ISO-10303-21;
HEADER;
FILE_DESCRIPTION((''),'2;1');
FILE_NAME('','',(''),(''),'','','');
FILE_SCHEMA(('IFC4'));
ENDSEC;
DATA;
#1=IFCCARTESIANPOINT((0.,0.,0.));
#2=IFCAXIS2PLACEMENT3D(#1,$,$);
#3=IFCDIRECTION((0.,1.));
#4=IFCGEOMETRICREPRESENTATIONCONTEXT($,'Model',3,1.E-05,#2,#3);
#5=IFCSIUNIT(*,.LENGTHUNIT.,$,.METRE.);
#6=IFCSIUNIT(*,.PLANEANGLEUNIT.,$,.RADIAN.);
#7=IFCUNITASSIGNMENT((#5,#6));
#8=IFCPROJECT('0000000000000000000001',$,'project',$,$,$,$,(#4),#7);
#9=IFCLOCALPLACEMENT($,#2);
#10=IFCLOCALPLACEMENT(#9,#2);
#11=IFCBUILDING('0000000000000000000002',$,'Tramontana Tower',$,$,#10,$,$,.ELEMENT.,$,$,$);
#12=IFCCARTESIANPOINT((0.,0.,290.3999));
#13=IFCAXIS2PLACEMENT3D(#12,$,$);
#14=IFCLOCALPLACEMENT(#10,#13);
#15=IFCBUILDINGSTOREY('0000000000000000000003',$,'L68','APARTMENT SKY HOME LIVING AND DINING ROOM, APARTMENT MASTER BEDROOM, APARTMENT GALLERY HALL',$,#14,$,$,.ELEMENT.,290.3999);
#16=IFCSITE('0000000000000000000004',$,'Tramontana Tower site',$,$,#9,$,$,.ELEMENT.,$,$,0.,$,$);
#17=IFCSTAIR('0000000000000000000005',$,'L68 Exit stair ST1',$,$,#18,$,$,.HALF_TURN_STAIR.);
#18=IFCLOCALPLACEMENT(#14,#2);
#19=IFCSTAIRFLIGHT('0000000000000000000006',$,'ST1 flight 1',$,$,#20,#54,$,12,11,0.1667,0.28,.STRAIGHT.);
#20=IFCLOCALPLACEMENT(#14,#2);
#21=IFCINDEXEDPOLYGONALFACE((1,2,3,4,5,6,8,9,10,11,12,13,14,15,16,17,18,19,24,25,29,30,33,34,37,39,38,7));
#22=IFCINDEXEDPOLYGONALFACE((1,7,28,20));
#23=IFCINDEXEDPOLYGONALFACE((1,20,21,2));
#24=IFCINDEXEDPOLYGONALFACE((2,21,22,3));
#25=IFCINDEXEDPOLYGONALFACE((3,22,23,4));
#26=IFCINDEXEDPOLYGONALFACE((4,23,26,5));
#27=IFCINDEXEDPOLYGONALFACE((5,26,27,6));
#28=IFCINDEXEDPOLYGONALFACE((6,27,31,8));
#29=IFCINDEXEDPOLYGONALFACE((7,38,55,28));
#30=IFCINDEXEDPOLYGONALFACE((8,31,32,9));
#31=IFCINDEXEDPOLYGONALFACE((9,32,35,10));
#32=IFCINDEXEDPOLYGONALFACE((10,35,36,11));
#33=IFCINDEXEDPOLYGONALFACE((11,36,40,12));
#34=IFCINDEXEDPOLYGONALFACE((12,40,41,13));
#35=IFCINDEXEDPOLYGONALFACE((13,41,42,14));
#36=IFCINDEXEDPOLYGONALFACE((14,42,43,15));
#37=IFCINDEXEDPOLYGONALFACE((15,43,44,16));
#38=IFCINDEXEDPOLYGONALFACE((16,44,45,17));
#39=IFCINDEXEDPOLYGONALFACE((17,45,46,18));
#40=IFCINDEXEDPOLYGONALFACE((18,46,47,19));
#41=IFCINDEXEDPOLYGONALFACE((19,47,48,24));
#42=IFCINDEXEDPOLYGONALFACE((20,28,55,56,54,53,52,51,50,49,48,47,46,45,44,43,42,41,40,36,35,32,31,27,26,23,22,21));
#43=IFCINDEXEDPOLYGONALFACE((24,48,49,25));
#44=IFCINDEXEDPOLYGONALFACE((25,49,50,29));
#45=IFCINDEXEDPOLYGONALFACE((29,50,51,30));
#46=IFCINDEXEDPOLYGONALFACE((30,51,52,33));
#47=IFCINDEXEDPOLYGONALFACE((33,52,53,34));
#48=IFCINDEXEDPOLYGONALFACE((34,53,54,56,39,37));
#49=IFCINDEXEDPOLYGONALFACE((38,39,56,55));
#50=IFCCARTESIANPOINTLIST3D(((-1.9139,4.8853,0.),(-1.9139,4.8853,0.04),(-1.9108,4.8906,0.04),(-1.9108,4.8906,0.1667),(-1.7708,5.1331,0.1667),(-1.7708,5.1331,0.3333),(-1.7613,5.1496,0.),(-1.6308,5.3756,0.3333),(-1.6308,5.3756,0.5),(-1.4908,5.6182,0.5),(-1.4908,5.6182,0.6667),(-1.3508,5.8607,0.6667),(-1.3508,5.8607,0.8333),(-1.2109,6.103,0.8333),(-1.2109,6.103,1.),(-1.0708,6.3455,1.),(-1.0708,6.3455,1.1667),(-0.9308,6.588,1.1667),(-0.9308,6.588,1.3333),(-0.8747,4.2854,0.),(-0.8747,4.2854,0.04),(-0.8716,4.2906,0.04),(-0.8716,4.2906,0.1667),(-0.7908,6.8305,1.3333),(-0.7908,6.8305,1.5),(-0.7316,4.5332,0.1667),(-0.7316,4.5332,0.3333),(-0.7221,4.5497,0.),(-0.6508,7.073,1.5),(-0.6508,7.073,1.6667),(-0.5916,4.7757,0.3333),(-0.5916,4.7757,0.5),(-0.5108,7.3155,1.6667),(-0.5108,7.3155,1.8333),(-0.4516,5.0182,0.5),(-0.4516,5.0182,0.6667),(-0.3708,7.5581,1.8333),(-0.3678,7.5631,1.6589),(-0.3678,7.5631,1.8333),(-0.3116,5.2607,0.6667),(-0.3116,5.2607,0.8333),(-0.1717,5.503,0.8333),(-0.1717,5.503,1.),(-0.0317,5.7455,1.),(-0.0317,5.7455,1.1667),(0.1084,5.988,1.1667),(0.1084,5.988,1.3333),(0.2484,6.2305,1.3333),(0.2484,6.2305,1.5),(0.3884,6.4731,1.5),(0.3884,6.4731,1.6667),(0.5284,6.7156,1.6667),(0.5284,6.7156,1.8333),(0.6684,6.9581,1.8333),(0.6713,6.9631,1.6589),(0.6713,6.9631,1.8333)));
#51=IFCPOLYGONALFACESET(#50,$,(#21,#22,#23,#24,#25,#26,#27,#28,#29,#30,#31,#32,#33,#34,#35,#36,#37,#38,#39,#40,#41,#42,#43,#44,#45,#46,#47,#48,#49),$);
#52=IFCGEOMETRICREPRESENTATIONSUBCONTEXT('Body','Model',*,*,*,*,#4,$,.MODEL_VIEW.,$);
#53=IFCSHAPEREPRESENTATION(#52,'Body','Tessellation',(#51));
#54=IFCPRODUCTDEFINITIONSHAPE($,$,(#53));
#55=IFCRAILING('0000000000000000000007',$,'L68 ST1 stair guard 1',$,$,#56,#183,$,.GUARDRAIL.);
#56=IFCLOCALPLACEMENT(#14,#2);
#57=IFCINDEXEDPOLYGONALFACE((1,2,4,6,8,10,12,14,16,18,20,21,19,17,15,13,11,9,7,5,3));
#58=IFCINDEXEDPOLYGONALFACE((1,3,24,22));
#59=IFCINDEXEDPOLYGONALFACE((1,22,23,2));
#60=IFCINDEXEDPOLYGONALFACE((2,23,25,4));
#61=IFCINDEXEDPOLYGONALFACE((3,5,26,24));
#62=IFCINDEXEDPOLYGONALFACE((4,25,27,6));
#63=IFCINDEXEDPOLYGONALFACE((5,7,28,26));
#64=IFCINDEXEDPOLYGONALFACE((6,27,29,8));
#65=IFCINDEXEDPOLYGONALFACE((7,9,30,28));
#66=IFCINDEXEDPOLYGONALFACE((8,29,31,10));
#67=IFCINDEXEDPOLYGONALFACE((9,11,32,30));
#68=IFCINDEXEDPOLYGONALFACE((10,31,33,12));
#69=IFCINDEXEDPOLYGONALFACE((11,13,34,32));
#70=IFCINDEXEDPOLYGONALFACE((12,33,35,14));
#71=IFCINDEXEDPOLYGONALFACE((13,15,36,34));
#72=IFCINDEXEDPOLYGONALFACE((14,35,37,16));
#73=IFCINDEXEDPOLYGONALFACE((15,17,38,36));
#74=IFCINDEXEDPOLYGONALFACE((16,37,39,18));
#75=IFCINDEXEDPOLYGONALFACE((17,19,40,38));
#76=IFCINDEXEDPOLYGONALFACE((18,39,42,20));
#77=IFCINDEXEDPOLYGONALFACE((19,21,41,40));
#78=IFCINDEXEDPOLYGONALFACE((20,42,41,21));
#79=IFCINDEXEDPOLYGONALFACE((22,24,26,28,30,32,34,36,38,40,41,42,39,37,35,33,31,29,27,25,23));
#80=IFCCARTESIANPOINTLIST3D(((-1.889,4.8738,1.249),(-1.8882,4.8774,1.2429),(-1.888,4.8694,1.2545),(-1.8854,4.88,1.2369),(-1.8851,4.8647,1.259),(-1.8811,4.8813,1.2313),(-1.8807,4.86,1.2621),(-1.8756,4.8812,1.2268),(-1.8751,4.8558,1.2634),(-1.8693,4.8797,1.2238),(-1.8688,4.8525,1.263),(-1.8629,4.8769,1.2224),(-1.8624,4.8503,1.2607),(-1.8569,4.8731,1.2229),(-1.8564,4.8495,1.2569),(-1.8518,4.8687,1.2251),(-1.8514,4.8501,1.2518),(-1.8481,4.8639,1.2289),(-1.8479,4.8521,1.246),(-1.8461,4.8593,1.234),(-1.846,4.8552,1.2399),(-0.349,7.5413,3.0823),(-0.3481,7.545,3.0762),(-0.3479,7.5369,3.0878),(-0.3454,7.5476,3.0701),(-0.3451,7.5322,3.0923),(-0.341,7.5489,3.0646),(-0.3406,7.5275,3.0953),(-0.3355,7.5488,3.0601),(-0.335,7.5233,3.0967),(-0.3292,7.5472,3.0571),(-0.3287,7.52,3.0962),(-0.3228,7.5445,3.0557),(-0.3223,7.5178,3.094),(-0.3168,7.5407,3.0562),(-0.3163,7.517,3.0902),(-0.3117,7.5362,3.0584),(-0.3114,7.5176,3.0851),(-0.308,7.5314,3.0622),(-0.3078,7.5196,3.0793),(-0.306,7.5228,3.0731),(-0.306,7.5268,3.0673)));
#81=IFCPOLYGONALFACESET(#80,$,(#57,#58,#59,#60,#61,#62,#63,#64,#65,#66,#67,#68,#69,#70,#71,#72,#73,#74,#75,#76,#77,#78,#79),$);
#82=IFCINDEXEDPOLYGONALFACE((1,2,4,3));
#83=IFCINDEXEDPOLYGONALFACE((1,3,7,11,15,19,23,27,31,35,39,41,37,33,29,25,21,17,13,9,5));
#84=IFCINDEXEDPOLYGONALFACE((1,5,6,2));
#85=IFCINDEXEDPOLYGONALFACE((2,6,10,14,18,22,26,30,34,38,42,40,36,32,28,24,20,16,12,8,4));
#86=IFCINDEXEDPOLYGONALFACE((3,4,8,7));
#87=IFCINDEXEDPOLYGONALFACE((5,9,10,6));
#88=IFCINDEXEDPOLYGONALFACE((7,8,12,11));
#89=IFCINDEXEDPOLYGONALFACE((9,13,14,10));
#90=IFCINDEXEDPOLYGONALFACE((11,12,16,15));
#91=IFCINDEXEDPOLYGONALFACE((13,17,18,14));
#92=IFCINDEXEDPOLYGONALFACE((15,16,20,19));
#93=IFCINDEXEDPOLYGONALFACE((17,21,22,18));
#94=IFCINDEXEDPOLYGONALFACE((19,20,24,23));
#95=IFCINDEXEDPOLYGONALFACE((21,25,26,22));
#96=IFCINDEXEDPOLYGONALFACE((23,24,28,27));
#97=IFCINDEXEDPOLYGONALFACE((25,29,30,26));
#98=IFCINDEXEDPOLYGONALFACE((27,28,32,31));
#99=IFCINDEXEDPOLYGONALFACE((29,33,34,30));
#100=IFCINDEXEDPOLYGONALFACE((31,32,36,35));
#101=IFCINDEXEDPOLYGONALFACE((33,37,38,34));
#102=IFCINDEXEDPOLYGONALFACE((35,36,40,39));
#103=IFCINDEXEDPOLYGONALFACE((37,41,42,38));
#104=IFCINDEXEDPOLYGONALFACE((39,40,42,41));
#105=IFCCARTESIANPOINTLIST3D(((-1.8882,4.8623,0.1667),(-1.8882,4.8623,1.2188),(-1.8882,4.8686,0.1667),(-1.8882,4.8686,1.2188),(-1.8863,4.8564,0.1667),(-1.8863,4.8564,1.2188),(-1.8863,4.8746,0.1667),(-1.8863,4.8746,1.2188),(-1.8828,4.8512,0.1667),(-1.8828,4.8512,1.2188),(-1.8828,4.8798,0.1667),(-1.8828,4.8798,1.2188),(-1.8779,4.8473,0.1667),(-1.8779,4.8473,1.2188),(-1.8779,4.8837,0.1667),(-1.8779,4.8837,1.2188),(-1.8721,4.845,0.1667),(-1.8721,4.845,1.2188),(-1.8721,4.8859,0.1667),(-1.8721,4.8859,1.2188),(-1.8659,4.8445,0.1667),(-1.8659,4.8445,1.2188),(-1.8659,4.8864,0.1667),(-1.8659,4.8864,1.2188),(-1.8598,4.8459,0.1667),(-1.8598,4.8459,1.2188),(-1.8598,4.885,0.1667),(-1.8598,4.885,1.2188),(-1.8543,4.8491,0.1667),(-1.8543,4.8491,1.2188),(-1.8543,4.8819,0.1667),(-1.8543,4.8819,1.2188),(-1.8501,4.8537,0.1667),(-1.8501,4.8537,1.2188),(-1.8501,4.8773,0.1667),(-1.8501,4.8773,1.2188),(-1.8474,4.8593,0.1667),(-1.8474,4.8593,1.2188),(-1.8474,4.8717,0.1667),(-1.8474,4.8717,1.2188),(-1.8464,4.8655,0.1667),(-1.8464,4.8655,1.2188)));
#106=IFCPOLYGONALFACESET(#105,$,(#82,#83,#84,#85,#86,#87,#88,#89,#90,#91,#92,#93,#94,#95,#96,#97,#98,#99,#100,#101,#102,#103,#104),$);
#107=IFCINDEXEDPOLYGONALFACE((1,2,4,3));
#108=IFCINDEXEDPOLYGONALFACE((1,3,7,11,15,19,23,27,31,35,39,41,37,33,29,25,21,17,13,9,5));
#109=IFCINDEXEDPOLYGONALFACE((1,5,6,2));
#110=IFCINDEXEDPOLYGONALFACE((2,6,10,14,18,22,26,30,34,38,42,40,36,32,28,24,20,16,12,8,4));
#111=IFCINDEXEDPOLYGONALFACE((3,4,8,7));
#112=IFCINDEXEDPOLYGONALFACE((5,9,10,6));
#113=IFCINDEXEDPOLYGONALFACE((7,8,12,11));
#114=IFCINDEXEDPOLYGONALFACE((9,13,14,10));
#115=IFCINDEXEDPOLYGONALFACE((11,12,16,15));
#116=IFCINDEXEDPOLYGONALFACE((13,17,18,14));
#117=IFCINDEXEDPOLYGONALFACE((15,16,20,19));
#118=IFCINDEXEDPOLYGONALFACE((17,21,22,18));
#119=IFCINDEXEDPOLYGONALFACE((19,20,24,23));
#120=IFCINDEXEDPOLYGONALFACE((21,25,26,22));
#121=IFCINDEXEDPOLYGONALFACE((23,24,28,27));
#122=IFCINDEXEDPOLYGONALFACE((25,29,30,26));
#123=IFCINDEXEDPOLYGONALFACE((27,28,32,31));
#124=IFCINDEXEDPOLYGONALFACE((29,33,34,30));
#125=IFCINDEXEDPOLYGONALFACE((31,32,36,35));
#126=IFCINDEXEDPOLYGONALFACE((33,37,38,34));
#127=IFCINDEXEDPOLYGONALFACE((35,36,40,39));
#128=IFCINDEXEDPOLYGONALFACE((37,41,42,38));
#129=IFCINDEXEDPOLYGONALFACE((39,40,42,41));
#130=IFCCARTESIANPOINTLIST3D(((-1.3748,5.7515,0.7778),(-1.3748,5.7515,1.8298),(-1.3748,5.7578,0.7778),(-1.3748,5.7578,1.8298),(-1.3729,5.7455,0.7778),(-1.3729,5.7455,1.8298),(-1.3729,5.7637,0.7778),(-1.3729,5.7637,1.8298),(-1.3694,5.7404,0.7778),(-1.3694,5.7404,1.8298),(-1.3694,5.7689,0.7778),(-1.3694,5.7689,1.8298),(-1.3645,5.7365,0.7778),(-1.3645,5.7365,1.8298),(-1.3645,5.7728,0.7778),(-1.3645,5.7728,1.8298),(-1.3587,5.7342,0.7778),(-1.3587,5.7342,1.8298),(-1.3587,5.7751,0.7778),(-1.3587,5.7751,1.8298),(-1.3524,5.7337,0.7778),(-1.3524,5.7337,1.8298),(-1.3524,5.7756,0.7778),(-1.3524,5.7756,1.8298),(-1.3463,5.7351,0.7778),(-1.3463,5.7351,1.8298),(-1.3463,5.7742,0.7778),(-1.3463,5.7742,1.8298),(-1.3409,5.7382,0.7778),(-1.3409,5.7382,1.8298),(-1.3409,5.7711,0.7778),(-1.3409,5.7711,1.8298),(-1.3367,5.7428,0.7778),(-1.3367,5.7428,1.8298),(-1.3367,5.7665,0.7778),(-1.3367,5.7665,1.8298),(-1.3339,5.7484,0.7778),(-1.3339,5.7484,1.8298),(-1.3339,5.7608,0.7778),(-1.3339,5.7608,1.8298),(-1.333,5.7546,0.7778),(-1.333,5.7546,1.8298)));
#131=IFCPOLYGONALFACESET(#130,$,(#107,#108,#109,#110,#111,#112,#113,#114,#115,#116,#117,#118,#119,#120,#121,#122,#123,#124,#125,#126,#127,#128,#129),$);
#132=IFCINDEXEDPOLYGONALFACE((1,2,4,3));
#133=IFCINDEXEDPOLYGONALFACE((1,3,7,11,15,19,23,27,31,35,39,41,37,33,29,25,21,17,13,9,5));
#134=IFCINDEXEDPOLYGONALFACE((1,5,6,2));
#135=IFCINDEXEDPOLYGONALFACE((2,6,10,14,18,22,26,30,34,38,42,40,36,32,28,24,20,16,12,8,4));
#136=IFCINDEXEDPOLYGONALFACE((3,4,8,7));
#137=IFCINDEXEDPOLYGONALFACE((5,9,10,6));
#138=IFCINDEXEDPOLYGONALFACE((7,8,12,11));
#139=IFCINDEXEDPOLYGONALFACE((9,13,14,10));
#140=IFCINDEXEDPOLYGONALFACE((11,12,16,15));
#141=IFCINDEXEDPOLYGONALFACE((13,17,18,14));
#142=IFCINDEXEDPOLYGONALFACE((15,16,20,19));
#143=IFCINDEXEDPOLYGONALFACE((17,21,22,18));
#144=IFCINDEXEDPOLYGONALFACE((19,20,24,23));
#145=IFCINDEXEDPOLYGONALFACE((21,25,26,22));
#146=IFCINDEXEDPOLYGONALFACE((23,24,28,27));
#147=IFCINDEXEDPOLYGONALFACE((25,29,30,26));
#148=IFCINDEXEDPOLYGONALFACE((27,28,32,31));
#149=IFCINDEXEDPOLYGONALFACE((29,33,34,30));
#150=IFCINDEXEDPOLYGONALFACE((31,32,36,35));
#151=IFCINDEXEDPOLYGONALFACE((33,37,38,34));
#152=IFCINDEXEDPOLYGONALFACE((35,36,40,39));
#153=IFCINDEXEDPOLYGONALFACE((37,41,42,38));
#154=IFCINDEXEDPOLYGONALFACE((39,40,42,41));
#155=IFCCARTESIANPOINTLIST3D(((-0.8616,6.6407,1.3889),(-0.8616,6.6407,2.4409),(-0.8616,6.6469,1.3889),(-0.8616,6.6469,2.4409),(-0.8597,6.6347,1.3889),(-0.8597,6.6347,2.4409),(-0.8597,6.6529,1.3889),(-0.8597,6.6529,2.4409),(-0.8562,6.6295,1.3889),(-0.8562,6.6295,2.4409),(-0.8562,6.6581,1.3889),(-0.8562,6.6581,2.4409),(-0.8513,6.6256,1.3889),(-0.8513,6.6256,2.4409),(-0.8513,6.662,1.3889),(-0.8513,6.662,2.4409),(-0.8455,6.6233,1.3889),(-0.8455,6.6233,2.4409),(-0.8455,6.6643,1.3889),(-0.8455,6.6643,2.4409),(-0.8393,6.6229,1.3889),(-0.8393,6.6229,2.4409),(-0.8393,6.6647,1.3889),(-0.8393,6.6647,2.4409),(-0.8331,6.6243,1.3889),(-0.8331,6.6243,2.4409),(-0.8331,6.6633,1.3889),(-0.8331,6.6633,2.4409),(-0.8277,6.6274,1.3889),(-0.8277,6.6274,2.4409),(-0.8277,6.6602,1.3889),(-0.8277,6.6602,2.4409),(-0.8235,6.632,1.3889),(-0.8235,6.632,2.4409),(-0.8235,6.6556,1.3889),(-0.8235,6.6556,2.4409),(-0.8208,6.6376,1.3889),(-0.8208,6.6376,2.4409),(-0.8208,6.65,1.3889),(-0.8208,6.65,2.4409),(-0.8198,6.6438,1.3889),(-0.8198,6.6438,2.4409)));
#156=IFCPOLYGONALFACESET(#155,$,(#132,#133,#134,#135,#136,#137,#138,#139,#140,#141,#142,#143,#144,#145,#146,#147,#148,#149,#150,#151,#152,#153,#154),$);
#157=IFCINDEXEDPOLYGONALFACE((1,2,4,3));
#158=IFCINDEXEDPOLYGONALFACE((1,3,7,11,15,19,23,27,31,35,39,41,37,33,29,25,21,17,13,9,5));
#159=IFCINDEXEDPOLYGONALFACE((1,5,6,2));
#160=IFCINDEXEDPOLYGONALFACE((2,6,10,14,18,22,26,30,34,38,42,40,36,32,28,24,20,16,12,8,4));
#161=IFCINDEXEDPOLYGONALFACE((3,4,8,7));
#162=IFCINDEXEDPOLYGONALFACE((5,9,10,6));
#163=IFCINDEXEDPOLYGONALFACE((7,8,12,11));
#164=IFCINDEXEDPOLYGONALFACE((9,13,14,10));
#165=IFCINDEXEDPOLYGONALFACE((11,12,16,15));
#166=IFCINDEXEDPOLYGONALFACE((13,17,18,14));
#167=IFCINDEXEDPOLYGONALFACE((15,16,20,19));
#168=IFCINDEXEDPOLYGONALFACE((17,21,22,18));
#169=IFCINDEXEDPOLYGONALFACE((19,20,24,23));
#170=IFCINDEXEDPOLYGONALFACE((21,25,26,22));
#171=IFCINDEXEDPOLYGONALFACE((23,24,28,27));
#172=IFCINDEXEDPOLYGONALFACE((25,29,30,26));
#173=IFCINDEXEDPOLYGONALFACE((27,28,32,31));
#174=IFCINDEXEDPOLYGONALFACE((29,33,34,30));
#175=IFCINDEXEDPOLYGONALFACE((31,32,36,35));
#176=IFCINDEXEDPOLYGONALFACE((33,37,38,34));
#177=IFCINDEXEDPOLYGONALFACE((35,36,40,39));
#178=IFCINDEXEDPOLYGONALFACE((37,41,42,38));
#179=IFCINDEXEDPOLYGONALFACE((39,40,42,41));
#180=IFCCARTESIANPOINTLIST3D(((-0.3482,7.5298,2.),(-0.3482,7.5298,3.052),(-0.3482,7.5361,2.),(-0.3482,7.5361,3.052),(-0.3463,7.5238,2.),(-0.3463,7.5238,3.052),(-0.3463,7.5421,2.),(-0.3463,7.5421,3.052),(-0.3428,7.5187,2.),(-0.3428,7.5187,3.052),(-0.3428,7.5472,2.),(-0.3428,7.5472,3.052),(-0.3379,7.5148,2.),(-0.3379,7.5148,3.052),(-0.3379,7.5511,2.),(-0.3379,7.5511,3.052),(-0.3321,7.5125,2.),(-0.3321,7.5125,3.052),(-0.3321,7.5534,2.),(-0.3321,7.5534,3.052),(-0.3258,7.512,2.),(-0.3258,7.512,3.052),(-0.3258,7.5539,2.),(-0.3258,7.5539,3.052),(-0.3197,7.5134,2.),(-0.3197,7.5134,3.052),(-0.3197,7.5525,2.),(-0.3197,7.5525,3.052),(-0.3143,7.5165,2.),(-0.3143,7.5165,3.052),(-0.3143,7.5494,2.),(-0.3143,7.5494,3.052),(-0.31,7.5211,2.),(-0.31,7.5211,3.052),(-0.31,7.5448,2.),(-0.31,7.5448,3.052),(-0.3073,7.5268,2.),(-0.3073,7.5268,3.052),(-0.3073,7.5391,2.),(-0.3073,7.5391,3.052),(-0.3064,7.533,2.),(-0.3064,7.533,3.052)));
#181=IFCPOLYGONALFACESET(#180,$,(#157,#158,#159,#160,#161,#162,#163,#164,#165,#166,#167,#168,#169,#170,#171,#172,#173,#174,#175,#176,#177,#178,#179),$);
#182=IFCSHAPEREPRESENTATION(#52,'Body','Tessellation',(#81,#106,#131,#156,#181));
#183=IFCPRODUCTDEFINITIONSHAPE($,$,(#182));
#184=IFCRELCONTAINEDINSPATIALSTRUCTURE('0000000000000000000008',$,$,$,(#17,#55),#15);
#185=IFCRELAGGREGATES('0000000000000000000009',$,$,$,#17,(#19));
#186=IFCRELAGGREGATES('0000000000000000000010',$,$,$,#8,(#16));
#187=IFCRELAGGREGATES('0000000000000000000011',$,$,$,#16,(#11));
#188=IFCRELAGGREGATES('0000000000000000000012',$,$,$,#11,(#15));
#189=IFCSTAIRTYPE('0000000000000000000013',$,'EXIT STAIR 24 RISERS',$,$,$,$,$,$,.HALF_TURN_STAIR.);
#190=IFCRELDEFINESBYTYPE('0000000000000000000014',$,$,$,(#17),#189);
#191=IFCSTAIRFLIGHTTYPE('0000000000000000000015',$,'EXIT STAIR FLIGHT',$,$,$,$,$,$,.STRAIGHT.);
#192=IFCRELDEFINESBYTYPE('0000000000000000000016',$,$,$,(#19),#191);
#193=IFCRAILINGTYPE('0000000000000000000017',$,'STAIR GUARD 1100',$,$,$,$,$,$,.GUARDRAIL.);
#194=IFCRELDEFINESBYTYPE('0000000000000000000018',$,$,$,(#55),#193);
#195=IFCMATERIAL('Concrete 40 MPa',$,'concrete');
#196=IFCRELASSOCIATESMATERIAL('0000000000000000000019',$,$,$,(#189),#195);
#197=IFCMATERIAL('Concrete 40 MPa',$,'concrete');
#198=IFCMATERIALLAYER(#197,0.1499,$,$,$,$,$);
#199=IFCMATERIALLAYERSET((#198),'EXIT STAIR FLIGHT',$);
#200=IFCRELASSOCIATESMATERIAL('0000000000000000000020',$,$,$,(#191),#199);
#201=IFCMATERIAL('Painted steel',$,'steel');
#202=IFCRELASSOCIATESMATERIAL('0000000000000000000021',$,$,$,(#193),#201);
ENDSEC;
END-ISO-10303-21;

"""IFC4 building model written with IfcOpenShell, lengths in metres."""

from ifc_helpers import new_model, si_unit, direction, frame, origin, origin_2d, place, context, subcontext, project, spatial, polyline, circle, outline, extrude, material, layer, layer_set, type_object, element, aggregate, save


model = new_model("IFC4")

# Units and contexts
model_context = context("Model", 3, precision=1e-05, world=origin(), true_north=direction((0.0, 1.0)))
body_context = subcontext(model_context, "Body", "Model", "MODEL_VIEW")
ifc_project = project(units=[si_unit("LENGTHUNIT", "METRE"), si_unit("PLANEANGLEUNIT", "RADIAN")], contexts=[model_context])

# Site, building, storey
site_placement = place(None, origin())
site = spatial("IfcSite", under=ifc_project, at=site_placement, Name="Tramontana Tower site", CompositionType="ELEMENT", RefElevation=0.0)
building_placement = place(site_placement, origin())
building = spatial("IfcBuilding", under=site, at=building_placement, Name="Tramontana Tower", CompositionType="ELEMENT")
storey_placement = place(building_placement, frame((0.0, 0.0, 290.3999)))
storey = spatial("IfcBuildingStorey", under=building, at=storey_placement, Name="L68", Description="APARTMENT SKY HOME LIVING AND DINING ROOM, APARTMENT MASTER BEDROOM, APARTMENT GALLERY HALL", CompositionType="ELEMENT", Elevation=290.3999)

# Stair, stair flight
ifc_material_1 = material(Name="Concrete 40 MPa", Category="concrete")
stair_type = type_object("IfcStairType", Name="EXIT STAIR 24 RISERS", PredefinedType="HALF_TURN_STAIR", material=ifc_material_1)
stair_placement = place(storey_placement, origin())
stair = element("IfcStair", 1, at=stair_placement, inside=storey, type_object=stair_type, Name="L68 Exit stair ST1", PredefinedType="HALF_TURN_STAIR")
ifc_material_2 = material(Name="Concrete 40 MPa", Category="concrete")
ifc_layer_1 = layer(ifc_material_2, 0.1499)
ifc_layer_set_1 = layer_set([ifc_layer_1], Name="EXIT STAIR FLIGHT")
stair_flight_type = type_object("IfcStairFlightType", Name="EXIT STAIR FLIGHT", PredefinedType="STRAIGHT", material=ifc_layer_set_1)
stair_flight_placement = place(storey_placement, frame((-1.3911, 4.5906, 0.0), z_axis=(0.0, 0.0, 1.0), x_axis=(0.5, 0.866025, 0.0)))
stair_flight = element("IfcStairFlight", 2, at=stair_flight_placement, type_object=stair_flight_type, Name="ST1 flight 1", NumberOfRisers=12, NumberOfTreads=11, PredefinedType="STRAIGHT", RiserHeight=0.1667, TreadLength=0.28, context=body_context, shape_type="SweptSolid", body=[
    extrude(outline(polyline([(-0.0061, 0.0), (-0.0061, 0.04), (0.0, 0.04), (0.0, 0.1667), (0.28, 0.1667), (0.28, 0.3333), (0.5601, 0.3333), (0.5601, 0.5), (0.8401, 0.5), (0.8401, 0.6667), (1.1201, 0.6667), (1.1201, 0.8333), (1.3999, 0.8333), (1.3999, 1.0), (1.6799, 1.0), (1.6799, 1.1667), (1.96, 1.1667), (1.96, 1.3333), (2.24, 1.3333), (2.24, 1.5), (2.52, 1.5), (2.52, 1.6667), (2.8, 1.6667), (2.8, 1.8333), (3.0801, 1.8333), (3.0859, 1.8333), (3.0859, 1.6589), (0.2991, 0.0), (-0.0061, 0.0)])), frame((0.0, 0.6001, 0.0), z_axis=(0.0, -1.0, 0.0), x_axis=(1.0, 0.0, 0.0)), (0.0, 0.0, 1.0), 1.2),
])
aggregate(stair, [stair_flight])

# Railing
ifc_material_3 = material(Name="Painted steel", Category="steel")
railing_type_1 = type_object("IfcRailingType", Name="STAIR GUARD 1100", PredefinedType="GUARDRAIL", material=ifc_material_3)
railing_1_placement = place(storey_placement, frame((-1.8674, 4.8655, 0.1667)))
element("IfcRailing", 3, at=railing_1_placement, inside=storey, type_object=railing_type_1, Name="L68 ST1 stair guard 1", PredefinedType="GUARDRAIL", context=body_context, shape_type="SweptSolid", body=[
    extrude(circle(Radius=0.0239, at=origin_2d()), frame((0.0, 0.0, 1.0762), z_axis=(0.429649, 0.74419, 0.511452), x_axis=(-0.86603, 0.499992, 0.0)), (0.0, 0.0, 1.0), 3.5845),
    extrude(circle(Radius=0.021, at=origin_2d()), origin(), (0.0, 0.0, 1.0), 1.052),
    extrude(circle(Radius=0.021, at=origin_2d()), frame((0.5134, 0.8892, 0.6111)), (0.0, 0.0, 1.0), 1.052),
    extrude(circle(Radius=0.021, at=origin_2d()), frame((1.0266, 1.7783, 1.2222)), (0.0, 0.0, 1.0), 1.052),
    extrude(circle(Radius=0.021, at=origin_2d()), frame((1.54, 2.6675, 1.8333)), (0.0, 0.0, 1.0), 1.052),
])

save(model, "model.ifc")
